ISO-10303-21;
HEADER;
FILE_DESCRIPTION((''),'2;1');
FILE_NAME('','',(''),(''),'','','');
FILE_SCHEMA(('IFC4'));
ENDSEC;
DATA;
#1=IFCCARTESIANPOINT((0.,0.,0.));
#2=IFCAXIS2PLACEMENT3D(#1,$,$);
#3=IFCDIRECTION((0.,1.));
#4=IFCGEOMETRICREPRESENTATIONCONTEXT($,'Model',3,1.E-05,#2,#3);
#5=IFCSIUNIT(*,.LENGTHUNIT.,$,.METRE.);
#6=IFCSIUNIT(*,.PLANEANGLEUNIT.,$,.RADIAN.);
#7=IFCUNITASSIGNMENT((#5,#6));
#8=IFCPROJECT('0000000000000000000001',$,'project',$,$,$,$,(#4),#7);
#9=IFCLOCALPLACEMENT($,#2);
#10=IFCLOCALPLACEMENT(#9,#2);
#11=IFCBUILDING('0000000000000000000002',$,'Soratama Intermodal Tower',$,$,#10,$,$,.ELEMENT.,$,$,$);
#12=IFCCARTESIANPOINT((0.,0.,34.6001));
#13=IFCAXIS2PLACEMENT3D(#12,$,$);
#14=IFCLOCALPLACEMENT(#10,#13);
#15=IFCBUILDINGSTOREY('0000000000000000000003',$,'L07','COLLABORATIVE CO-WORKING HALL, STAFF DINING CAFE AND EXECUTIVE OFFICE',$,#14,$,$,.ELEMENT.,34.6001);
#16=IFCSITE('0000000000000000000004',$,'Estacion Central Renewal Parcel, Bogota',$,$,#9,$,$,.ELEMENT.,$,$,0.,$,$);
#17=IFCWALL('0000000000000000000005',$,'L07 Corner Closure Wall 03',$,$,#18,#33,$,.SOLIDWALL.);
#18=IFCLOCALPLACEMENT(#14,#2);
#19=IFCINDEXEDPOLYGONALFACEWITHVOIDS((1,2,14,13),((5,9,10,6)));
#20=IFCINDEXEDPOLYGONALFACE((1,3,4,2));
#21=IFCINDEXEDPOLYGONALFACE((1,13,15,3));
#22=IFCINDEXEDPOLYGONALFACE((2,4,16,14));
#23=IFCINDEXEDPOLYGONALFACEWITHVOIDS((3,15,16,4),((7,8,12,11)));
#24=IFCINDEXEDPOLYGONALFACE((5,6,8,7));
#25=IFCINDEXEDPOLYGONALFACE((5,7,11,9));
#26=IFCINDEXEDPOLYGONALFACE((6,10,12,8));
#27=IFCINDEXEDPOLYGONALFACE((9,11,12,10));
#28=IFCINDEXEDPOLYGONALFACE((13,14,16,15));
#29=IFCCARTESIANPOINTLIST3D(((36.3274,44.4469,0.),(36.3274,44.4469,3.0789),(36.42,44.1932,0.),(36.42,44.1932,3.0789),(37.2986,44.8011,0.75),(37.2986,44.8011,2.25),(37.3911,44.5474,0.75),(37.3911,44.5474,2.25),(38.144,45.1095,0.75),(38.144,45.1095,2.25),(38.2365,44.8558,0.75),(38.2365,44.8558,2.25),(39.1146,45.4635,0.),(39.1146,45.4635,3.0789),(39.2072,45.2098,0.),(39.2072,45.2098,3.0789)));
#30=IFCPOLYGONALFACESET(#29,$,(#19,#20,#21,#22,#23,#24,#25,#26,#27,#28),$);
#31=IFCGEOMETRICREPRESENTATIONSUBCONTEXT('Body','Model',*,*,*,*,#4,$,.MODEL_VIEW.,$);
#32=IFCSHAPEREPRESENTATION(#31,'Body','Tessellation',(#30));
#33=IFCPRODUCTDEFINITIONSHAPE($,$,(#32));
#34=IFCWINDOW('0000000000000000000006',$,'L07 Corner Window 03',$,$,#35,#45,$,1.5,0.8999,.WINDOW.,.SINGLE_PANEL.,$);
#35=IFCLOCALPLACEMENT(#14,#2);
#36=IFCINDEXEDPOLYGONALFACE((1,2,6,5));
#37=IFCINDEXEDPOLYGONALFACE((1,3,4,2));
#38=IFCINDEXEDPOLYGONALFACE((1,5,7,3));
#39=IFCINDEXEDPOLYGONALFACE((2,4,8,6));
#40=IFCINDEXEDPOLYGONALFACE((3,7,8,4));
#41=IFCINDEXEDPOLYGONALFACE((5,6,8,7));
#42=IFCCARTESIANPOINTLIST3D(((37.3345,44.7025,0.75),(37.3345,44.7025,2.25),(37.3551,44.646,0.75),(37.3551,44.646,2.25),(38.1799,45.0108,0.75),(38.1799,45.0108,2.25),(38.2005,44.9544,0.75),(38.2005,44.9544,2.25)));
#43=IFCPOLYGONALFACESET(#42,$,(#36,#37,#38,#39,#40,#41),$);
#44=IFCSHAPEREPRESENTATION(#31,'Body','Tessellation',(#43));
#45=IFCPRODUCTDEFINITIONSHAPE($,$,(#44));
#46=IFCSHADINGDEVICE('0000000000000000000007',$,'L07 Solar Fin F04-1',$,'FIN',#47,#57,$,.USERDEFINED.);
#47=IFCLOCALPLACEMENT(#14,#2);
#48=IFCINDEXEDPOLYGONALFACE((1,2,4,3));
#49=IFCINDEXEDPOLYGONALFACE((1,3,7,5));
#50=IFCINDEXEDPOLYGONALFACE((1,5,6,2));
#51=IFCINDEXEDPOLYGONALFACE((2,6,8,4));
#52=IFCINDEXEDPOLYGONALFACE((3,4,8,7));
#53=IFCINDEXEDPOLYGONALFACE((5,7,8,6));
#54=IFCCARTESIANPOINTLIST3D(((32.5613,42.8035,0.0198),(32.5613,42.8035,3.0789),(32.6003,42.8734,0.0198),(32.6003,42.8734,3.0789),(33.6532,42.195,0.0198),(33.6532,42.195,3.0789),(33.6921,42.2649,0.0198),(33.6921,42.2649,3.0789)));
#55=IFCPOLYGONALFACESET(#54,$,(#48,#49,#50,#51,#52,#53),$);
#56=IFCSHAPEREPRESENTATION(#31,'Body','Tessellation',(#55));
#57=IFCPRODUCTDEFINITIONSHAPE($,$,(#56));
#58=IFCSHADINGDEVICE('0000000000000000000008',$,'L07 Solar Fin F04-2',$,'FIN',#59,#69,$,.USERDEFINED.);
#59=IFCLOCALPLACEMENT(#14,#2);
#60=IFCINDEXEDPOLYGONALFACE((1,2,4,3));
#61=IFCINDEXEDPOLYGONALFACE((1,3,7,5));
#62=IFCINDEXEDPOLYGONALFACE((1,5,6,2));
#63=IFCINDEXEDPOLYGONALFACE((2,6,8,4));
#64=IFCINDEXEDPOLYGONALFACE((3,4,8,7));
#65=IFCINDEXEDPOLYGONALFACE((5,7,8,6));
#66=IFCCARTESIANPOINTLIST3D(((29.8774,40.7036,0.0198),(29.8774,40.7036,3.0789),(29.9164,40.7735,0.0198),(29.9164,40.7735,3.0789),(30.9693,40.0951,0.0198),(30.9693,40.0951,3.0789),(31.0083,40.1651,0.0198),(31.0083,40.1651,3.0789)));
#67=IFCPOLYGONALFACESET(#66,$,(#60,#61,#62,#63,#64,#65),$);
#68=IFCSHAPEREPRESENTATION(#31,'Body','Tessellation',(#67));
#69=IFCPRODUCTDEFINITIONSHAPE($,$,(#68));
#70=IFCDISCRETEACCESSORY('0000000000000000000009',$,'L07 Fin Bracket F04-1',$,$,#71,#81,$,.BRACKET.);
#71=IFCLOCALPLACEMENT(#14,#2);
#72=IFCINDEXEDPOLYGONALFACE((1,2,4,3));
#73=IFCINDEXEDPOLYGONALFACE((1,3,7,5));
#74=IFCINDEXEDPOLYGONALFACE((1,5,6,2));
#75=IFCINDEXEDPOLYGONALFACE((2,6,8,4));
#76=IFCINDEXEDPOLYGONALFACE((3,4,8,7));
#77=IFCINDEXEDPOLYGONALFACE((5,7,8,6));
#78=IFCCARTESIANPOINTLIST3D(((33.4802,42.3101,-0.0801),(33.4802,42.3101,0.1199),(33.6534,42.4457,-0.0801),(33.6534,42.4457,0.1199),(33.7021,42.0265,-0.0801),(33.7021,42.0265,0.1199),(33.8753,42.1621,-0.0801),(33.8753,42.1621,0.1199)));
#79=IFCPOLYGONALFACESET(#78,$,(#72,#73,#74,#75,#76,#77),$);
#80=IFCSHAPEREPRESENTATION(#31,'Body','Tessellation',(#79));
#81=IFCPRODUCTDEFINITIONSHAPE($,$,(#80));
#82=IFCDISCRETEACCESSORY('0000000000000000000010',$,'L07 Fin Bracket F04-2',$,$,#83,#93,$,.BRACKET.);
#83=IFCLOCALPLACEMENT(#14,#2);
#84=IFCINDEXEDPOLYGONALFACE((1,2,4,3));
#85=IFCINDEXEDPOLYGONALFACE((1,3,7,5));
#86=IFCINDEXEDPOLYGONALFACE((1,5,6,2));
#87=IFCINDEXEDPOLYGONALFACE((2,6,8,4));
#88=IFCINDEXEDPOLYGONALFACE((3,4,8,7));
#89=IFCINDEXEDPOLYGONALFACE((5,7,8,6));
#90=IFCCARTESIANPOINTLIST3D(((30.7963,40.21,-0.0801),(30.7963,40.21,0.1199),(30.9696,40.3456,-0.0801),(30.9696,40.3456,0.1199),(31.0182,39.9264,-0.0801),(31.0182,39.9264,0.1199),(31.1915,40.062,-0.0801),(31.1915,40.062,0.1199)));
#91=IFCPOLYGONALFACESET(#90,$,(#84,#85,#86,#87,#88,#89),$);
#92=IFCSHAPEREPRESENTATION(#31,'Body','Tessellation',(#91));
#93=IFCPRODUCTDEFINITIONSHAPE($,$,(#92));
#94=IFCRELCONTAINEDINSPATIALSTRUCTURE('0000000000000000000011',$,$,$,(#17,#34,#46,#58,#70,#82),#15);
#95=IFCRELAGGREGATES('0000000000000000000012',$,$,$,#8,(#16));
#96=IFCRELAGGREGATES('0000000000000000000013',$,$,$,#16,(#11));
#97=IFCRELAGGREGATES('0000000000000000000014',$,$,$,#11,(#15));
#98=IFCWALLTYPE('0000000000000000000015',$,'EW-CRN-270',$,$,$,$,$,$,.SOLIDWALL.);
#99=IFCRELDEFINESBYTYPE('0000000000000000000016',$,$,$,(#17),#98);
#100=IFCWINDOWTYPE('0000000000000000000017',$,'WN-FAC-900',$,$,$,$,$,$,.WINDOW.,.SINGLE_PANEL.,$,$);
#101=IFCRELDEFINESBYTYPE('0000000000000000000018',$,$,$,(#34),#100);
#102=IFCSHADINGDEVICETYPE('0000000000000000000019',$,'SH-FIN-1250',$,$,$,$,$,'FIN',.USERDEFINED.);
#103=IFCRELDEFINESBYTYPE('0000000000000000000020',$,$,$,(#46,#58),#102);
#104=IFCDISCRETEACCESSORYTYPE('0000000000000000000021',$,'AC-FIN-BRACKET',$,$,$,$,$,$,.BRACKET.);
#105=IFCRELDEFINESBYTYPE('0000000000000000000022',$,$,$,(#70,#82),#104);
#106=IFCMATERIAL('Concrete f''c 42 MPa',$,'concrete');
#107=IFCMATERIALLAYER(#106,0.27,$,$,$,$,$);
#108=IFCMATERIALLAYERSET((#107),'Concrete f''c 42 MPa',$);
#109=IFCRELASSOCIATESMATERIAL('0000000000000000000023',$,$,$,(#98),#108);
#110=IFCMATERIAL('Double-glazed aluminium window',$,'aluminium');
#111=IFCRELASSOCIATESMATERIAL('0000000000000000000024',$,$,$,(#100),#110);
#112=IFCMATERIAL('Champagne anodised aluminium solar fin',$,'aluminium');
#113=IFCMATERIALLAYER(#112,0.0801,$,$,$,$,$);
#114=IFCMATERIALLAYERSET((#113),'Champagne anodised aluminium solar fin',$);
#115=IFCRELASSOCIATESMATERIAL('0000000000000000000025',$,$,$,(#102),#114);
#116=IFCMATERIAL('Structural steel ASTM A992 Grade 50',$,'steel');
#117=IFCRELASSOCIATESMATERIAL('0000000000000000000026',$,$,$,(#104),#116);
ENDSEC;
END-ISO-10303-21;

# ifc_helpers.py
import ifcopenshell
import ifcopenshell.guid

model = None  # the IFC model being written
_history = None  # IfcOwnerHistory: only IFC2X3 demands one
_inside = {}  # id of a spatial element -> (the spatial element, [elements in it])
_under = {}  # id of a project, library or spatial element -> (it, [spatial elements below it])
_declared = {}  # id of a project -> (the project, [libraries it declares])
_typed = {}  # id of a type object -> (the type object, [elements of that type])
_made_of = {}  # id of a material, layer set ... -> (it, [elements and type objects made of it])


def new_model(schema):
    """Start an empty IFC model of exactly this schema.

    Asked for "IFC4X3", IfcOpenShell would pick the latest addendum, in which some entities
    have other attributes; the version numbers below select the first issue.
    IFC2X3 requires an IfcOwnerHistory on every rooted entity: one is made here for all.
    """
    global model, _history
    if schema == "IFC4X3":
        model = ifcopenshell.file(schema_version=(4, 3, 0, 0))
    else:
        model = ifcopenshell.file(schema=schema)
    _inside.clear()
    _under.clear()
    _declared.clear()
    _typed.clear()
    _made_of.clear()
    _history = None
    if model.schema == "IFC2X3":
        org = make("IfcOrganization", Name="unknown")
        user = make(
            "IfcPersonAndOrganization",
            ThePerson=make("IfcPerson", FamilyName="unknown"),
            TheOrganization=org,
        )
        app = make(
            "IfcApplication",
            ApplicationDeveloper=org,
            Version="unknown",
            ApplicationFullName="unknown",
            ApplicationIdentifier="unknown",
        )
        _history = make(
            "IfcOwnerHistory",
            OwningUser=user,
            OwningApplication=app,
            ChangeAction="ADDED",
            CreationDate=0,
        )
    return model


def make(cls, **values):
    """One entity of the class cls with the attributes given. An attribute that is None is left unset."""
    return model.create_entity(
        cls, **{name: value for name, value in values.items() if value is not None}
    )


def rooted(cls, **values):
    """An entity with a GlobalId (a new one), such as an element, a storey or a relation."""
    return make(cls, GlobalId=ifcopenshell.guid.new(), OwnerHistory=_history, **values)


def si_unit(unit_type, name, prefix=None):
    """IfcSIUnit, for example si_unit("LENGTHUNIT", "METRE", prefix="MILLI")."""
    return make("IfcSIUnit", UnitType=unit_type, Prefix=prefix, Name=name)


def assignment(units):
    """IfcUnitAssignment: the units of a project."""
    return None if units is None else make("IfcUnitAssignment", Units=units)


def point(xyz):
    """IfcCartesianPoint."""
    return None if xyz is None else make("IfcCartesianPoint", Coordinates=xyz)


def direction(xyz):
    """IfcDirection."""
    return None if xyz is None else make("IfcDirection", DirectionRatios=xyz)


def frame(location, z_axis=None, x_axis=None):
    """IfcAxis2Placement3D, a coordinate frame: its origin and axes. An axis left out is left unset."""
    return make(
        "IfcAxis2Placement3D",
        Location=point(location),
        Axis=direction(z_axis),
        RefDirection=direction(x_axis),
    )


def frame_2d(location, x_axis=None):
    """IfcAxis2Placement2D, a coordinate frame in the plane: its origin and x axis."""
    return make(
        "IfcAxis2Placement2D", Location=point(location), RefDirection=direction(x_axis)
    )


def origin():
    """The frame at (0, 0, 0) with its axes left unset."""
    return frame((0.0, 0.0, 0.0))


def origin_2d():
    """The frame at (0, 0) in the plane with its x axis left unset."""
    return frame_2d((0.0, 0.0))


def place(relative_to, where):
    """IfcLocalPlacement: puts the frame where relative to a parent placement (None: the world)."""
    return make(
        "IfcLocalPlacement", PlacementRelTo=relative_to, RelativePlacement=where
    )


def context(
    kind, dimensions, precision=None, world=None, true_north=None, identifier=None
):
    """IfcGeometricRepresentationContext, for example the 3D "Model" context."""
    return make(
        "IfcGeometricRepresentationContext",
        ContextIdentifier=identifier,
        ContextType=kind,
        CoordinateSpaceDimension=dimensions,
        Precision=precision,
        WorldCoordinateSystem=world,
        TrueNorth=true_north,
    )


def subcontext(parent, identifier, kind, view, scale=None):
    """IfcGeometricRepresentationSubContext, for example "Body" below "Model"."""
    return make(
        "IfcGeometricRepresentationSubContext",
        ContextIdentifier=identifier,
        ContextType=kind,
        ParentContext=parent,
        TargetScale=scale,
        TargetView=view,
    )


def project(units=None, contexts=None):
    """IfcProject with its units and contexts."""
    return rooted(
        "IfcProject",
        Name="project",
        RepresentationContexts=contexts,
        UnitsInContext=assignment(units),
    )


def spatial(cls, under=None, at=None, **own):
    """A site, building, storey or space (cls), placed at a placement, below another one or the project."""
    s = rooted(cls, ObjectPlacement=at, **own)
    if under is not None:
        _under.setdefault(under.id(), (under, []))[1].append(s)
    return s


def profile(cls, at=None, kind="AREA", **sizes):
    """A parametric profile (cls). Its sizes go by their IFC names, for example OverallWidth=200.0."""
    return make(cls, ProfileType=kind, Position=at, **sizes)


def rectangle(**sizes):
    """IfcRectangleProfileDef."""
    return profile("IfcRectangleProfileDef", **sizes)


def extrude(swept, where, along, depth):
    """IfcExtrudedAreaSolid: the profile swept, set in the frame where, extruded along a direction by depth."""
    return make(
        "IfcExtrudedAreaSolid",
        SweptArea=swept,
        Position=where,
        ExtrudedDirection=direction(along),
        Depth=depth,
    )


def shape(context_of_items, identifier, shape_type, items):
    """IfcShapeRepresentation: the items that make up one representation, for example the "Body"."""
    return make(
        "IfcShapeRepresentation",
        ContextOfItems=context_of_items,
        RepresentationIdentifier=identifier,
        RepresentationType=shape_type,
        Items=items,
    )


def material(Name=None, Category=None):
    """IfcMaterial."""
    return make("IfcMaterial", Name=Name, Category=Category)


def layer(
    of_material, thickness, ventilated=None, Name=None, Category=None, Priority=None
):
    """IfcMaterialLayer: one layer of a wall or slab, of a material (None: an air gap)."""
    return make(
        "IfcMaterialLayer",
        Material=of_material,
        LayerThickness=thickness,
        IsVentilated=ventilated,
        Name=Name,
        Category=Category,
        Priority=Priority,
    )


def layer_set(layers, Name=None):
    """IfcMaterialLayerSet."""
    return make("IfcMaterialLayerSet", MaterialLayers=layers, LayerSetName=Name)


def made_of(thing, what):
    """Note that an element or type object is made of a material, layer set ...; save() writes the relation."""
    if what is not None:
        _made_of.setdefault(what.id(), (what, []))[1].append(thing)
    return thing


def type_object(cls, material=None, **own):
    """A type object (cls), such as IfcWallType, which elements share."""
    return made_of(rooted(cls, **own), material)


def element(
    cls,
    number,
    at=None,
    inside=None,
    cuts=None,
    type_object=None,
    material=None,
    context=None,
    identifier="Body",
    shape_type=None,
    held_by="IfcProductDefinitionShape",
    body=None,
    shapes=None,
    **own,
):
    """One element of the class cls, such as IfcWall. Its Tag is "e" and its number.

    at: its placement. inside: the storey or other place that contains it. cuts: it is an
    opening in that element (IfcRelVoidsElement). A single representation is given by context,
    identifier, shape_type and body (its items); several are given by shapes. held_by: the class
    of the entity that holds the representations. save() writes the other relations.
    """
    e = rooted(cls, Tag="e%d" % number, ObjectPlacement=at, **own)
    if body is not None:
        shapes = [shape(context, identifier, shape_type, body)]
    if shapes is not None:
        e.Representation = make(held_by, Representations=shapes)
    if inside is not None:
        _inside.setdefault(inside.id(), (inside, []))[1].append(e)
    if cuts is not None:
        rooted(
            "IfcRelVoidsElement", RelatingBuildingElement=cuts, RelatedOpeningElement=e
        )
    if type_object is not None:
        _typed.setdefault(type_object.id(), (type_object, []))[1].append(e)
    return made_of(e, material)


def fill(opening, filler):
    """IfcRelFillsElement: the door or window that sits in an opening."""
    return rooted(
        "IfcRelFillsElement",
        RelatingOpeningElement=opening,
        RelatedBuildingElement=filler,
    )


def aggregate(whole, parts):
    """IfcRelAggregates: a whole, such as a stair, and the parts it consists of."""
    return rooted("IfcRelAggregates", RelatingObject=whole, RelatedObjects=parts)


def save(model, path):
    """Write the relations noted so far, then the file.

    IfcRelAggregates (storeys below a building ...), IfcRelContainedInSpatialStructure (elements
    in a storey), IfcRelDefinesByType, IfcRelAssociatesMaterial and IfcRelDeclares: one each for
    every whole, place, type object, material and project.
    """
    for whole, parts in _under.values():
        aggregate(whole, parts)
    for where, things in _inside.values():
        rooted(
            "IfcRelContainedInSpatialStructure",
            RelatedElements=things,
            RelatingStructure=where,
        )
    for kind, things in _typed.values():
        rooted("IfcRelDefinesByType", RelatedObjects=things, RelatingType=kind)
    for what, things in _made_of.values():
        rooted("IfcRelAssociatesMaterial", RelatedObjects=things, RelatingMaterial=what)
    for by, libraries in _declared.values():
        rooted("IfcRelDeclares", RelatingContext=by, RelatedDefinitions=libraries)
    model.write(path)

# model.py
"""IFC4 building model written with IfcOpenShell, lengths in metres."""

from ifc_helpers import new_model, si_unit, direction, frame, frame_2d, origin, origin_2d, place, context, subcontext, project, spatial, rectangle, extrude, material, layer, layer_set, type_object, element, fill, save


model = new_model("IFC4")

# Units and contexts
model_context = context("Model", 3, precision=1e-05, world=origin(), true_north=direction((0.0, 1.0)))
body_context = subcontext(model_context, "Body", "Model", "MODEL_VIEW")
ifc_project = project(units=[si_unit("LENGTHUNIT", "METRE"), si_unit("PLANEANGLEUNIT", "RADIAN")], contexts=[model_context])

# Site, building, storey
site_placement = place(None, origin())
site = spatial("IfcSite", under=ifc_project, at=site_placement, Name="Estacion Central Renewal Parcel, Bogota", CompositionType="ELEMENT", RefElevation=0.0)
building_placement = place(site_placement, origin())
building = spatial("IfcBuilding", under=site, at=building_placement, Name="Soratama Intermodal Tower", CompositionType="ELEMENT")
storey_placement = place(building_placement, frame((0.0, 0.0, 34.6001)))
storey = spatial("IfcBuildingStorey", under=building, at=storey_placement, Name="L07", Description="COLLABORATIVE CO-WORKING HALL, STAFF DINING CAFE AND EXECUTIVE OFFICE", CompositionType="ELEMENT", Elevation=34.6001)

# Wall, opening, window
ifc_material_1 = material(Name="Concrete f'c 42 MPa", Category="concrete")
ifc_layer_1 = layer(ifc_material_1, 0.27)
ifc_layer_set_1 = layer_set([ifc_layer_1], Name="Concrete f'c 42 MPa")
wall_type = type_object("IfcWallType", Name="EW-CRN-270", PredefinedType="SOLIDWALL", material=ifc_layer_set_1)
wall_placement = place(storey_placement, frame((39.1609, 45.3367, 0.0), z_axis=(0.0, 0.0, 1.0), x_axis=(-0.939457, -0.342668, 0.0)))
wall = element("IfcWall", 1, at=wall_placement, inside=storey, type_object=wall_type, Name="L07 Corner Closure Wall 03", PredefinedType="SOLIDWALL", context=body_context, shape_type="SweptSolid", body=[
    extrude(rectangle(XDim=2.9668, YDim=0.27, at=frame_2d((1.4834, 0.0))), origin(), (0.0, 0.0, 1.0), 3.0789),
])
opening_placement = place(wall_placement, frame((1.0332, 0.0, 0.75)))
opening = element("IfcOpeningElement", 2, at=opening_placement, cuts=wall, PredefinedType="OPENING", context=body_context, shape_type="SweptSolid", body=[
    extrude(rectangle(XDim=0.8999, YDim=1.5, at=frame_2d((0.45, 0.75))), frame((0.0, 0.145, 0.0), z_axis=(0.0, -1.0, 0.0), x_axis=(1.0, 0.0, 0.0)), (0.0, 0.0, 1.0), 0.29),
])
ifc_material_2 = material(Name="Double-glazed aluminium window", Category="aluminium")
window_type = type_object("IfcWindowType", Name="WN-FAC-900", PartitioningType="SINGLE_PANEL", PredefinedType="WINDOW", material=ifc_material_2)
window_placement = place(opening_placement, origin())
window = element("IfcWindow", 3, at=window_placement, inside=storey, type_object=window_type, Name="L07 Corner Window 03", OverallHeight=1.5, OverallWidth=0.8999, PartitioningType="SINGLE_PANEL", PredefinedType="WINDOW", context=body_context, shape_type="SweptSolid", body=[
    extrude(rectangle(XDim=0.8999, YDim=1.5, at=frame_2d((0.45, 0.75))), frame((0.0, 0.03, 0.0), z_axis=(0.0, -1.0, 0.0), x_axis=(1.0, 0.0, 0.0)), (0.0, 0.0, 1.0), 0.0601),
])
fill(opening, window)

# Shading devices
ifc_material_3 = material(Name="Champagne anodised aluminium solar fin", Category="aluminium")
ifc_layer_2 = layer(ifc_material_3, 0.0801)
ifc_layer_set_2 = layer_set([ifc_layer_2], Name="Champagne anodised aluminium solar fin")
shading_device_type = type_object("IfcShadingDeviceType", Name="SH-FIN-1250", ElementType="FIN", PredefinedType="USERDEFINED", material=ifc_layer_set_2)
for number, where, z_axis, x_axis, name in (
    (4, (33.1267, 42.5342, 0.0198), (0.0, 0.0, 1.0), (-0.873517, 0.486793, 0.0), "L07 Solar Fin F04-1"),
    (5, (30.4429, 40.4343, 0.0198), (0.0, 0.0, 1.0), (-0.873517, 0.486793, 0.0), "L07 Solar Fin F04-2"),
):
    element("IfcShadingDevice", number, at=place(storey_placement, frame(where, z_axis=z_axis, x_axis=x_axis)), inside=storey, type_object=shading_device_type, Name=name, ObjectType="FIN", PredefinedType="USERDEFINED", context=body_context, shape_type="SweptSolid", body=[
        extrude(rectangle(XDim=1.25, YDim=0.0801, at=origin_2d()), origin(), (0.0, 0.0, 1.0), 3.0591),
    ])

# Discrete accessories
ifc_material_4 = material(Name="Structural steel ASTM A992 Grade 50", Category="steel")
discrete_accessory_type = type_object("IfcDiscreteAccessoryType", Name="AC-FIN-BRACKET", PredefinedType="BRACKET", material=ifc_material_4)
for number, where, z_axis, x_axis, name in (
    (6, (33.6777, 42.2361, -0.0801), (0.0, 0.0, 1.0), (-0.616211, 0.787581, 0.0), "L07 Fin Bracket F04-1"),
    (7, (30.9939, 40.136, -0.0801), (0.0, 0.0, 1.0), (-0.616211, 0.787581, 0.0), "L07 Fin Bracket F04-2"),
):
    element("IfcDiscreteAccessory", number, at=place(storey_placement, frame(where, z_axis=z_axis, x_axis=x_axis)), inside=storey, type_object=discrete_accessory_type, Name=name, PredefinedType="BRACKET", context=body_context, shape_type="SweptSolid", body=[
        extrude(rectangle(XDim=0.3601, YDim=0.22, at=origin_2d()), origin(), (0.0, 0.0, 1.0), 0.2),
    ])

save(model, "model.ifc")
